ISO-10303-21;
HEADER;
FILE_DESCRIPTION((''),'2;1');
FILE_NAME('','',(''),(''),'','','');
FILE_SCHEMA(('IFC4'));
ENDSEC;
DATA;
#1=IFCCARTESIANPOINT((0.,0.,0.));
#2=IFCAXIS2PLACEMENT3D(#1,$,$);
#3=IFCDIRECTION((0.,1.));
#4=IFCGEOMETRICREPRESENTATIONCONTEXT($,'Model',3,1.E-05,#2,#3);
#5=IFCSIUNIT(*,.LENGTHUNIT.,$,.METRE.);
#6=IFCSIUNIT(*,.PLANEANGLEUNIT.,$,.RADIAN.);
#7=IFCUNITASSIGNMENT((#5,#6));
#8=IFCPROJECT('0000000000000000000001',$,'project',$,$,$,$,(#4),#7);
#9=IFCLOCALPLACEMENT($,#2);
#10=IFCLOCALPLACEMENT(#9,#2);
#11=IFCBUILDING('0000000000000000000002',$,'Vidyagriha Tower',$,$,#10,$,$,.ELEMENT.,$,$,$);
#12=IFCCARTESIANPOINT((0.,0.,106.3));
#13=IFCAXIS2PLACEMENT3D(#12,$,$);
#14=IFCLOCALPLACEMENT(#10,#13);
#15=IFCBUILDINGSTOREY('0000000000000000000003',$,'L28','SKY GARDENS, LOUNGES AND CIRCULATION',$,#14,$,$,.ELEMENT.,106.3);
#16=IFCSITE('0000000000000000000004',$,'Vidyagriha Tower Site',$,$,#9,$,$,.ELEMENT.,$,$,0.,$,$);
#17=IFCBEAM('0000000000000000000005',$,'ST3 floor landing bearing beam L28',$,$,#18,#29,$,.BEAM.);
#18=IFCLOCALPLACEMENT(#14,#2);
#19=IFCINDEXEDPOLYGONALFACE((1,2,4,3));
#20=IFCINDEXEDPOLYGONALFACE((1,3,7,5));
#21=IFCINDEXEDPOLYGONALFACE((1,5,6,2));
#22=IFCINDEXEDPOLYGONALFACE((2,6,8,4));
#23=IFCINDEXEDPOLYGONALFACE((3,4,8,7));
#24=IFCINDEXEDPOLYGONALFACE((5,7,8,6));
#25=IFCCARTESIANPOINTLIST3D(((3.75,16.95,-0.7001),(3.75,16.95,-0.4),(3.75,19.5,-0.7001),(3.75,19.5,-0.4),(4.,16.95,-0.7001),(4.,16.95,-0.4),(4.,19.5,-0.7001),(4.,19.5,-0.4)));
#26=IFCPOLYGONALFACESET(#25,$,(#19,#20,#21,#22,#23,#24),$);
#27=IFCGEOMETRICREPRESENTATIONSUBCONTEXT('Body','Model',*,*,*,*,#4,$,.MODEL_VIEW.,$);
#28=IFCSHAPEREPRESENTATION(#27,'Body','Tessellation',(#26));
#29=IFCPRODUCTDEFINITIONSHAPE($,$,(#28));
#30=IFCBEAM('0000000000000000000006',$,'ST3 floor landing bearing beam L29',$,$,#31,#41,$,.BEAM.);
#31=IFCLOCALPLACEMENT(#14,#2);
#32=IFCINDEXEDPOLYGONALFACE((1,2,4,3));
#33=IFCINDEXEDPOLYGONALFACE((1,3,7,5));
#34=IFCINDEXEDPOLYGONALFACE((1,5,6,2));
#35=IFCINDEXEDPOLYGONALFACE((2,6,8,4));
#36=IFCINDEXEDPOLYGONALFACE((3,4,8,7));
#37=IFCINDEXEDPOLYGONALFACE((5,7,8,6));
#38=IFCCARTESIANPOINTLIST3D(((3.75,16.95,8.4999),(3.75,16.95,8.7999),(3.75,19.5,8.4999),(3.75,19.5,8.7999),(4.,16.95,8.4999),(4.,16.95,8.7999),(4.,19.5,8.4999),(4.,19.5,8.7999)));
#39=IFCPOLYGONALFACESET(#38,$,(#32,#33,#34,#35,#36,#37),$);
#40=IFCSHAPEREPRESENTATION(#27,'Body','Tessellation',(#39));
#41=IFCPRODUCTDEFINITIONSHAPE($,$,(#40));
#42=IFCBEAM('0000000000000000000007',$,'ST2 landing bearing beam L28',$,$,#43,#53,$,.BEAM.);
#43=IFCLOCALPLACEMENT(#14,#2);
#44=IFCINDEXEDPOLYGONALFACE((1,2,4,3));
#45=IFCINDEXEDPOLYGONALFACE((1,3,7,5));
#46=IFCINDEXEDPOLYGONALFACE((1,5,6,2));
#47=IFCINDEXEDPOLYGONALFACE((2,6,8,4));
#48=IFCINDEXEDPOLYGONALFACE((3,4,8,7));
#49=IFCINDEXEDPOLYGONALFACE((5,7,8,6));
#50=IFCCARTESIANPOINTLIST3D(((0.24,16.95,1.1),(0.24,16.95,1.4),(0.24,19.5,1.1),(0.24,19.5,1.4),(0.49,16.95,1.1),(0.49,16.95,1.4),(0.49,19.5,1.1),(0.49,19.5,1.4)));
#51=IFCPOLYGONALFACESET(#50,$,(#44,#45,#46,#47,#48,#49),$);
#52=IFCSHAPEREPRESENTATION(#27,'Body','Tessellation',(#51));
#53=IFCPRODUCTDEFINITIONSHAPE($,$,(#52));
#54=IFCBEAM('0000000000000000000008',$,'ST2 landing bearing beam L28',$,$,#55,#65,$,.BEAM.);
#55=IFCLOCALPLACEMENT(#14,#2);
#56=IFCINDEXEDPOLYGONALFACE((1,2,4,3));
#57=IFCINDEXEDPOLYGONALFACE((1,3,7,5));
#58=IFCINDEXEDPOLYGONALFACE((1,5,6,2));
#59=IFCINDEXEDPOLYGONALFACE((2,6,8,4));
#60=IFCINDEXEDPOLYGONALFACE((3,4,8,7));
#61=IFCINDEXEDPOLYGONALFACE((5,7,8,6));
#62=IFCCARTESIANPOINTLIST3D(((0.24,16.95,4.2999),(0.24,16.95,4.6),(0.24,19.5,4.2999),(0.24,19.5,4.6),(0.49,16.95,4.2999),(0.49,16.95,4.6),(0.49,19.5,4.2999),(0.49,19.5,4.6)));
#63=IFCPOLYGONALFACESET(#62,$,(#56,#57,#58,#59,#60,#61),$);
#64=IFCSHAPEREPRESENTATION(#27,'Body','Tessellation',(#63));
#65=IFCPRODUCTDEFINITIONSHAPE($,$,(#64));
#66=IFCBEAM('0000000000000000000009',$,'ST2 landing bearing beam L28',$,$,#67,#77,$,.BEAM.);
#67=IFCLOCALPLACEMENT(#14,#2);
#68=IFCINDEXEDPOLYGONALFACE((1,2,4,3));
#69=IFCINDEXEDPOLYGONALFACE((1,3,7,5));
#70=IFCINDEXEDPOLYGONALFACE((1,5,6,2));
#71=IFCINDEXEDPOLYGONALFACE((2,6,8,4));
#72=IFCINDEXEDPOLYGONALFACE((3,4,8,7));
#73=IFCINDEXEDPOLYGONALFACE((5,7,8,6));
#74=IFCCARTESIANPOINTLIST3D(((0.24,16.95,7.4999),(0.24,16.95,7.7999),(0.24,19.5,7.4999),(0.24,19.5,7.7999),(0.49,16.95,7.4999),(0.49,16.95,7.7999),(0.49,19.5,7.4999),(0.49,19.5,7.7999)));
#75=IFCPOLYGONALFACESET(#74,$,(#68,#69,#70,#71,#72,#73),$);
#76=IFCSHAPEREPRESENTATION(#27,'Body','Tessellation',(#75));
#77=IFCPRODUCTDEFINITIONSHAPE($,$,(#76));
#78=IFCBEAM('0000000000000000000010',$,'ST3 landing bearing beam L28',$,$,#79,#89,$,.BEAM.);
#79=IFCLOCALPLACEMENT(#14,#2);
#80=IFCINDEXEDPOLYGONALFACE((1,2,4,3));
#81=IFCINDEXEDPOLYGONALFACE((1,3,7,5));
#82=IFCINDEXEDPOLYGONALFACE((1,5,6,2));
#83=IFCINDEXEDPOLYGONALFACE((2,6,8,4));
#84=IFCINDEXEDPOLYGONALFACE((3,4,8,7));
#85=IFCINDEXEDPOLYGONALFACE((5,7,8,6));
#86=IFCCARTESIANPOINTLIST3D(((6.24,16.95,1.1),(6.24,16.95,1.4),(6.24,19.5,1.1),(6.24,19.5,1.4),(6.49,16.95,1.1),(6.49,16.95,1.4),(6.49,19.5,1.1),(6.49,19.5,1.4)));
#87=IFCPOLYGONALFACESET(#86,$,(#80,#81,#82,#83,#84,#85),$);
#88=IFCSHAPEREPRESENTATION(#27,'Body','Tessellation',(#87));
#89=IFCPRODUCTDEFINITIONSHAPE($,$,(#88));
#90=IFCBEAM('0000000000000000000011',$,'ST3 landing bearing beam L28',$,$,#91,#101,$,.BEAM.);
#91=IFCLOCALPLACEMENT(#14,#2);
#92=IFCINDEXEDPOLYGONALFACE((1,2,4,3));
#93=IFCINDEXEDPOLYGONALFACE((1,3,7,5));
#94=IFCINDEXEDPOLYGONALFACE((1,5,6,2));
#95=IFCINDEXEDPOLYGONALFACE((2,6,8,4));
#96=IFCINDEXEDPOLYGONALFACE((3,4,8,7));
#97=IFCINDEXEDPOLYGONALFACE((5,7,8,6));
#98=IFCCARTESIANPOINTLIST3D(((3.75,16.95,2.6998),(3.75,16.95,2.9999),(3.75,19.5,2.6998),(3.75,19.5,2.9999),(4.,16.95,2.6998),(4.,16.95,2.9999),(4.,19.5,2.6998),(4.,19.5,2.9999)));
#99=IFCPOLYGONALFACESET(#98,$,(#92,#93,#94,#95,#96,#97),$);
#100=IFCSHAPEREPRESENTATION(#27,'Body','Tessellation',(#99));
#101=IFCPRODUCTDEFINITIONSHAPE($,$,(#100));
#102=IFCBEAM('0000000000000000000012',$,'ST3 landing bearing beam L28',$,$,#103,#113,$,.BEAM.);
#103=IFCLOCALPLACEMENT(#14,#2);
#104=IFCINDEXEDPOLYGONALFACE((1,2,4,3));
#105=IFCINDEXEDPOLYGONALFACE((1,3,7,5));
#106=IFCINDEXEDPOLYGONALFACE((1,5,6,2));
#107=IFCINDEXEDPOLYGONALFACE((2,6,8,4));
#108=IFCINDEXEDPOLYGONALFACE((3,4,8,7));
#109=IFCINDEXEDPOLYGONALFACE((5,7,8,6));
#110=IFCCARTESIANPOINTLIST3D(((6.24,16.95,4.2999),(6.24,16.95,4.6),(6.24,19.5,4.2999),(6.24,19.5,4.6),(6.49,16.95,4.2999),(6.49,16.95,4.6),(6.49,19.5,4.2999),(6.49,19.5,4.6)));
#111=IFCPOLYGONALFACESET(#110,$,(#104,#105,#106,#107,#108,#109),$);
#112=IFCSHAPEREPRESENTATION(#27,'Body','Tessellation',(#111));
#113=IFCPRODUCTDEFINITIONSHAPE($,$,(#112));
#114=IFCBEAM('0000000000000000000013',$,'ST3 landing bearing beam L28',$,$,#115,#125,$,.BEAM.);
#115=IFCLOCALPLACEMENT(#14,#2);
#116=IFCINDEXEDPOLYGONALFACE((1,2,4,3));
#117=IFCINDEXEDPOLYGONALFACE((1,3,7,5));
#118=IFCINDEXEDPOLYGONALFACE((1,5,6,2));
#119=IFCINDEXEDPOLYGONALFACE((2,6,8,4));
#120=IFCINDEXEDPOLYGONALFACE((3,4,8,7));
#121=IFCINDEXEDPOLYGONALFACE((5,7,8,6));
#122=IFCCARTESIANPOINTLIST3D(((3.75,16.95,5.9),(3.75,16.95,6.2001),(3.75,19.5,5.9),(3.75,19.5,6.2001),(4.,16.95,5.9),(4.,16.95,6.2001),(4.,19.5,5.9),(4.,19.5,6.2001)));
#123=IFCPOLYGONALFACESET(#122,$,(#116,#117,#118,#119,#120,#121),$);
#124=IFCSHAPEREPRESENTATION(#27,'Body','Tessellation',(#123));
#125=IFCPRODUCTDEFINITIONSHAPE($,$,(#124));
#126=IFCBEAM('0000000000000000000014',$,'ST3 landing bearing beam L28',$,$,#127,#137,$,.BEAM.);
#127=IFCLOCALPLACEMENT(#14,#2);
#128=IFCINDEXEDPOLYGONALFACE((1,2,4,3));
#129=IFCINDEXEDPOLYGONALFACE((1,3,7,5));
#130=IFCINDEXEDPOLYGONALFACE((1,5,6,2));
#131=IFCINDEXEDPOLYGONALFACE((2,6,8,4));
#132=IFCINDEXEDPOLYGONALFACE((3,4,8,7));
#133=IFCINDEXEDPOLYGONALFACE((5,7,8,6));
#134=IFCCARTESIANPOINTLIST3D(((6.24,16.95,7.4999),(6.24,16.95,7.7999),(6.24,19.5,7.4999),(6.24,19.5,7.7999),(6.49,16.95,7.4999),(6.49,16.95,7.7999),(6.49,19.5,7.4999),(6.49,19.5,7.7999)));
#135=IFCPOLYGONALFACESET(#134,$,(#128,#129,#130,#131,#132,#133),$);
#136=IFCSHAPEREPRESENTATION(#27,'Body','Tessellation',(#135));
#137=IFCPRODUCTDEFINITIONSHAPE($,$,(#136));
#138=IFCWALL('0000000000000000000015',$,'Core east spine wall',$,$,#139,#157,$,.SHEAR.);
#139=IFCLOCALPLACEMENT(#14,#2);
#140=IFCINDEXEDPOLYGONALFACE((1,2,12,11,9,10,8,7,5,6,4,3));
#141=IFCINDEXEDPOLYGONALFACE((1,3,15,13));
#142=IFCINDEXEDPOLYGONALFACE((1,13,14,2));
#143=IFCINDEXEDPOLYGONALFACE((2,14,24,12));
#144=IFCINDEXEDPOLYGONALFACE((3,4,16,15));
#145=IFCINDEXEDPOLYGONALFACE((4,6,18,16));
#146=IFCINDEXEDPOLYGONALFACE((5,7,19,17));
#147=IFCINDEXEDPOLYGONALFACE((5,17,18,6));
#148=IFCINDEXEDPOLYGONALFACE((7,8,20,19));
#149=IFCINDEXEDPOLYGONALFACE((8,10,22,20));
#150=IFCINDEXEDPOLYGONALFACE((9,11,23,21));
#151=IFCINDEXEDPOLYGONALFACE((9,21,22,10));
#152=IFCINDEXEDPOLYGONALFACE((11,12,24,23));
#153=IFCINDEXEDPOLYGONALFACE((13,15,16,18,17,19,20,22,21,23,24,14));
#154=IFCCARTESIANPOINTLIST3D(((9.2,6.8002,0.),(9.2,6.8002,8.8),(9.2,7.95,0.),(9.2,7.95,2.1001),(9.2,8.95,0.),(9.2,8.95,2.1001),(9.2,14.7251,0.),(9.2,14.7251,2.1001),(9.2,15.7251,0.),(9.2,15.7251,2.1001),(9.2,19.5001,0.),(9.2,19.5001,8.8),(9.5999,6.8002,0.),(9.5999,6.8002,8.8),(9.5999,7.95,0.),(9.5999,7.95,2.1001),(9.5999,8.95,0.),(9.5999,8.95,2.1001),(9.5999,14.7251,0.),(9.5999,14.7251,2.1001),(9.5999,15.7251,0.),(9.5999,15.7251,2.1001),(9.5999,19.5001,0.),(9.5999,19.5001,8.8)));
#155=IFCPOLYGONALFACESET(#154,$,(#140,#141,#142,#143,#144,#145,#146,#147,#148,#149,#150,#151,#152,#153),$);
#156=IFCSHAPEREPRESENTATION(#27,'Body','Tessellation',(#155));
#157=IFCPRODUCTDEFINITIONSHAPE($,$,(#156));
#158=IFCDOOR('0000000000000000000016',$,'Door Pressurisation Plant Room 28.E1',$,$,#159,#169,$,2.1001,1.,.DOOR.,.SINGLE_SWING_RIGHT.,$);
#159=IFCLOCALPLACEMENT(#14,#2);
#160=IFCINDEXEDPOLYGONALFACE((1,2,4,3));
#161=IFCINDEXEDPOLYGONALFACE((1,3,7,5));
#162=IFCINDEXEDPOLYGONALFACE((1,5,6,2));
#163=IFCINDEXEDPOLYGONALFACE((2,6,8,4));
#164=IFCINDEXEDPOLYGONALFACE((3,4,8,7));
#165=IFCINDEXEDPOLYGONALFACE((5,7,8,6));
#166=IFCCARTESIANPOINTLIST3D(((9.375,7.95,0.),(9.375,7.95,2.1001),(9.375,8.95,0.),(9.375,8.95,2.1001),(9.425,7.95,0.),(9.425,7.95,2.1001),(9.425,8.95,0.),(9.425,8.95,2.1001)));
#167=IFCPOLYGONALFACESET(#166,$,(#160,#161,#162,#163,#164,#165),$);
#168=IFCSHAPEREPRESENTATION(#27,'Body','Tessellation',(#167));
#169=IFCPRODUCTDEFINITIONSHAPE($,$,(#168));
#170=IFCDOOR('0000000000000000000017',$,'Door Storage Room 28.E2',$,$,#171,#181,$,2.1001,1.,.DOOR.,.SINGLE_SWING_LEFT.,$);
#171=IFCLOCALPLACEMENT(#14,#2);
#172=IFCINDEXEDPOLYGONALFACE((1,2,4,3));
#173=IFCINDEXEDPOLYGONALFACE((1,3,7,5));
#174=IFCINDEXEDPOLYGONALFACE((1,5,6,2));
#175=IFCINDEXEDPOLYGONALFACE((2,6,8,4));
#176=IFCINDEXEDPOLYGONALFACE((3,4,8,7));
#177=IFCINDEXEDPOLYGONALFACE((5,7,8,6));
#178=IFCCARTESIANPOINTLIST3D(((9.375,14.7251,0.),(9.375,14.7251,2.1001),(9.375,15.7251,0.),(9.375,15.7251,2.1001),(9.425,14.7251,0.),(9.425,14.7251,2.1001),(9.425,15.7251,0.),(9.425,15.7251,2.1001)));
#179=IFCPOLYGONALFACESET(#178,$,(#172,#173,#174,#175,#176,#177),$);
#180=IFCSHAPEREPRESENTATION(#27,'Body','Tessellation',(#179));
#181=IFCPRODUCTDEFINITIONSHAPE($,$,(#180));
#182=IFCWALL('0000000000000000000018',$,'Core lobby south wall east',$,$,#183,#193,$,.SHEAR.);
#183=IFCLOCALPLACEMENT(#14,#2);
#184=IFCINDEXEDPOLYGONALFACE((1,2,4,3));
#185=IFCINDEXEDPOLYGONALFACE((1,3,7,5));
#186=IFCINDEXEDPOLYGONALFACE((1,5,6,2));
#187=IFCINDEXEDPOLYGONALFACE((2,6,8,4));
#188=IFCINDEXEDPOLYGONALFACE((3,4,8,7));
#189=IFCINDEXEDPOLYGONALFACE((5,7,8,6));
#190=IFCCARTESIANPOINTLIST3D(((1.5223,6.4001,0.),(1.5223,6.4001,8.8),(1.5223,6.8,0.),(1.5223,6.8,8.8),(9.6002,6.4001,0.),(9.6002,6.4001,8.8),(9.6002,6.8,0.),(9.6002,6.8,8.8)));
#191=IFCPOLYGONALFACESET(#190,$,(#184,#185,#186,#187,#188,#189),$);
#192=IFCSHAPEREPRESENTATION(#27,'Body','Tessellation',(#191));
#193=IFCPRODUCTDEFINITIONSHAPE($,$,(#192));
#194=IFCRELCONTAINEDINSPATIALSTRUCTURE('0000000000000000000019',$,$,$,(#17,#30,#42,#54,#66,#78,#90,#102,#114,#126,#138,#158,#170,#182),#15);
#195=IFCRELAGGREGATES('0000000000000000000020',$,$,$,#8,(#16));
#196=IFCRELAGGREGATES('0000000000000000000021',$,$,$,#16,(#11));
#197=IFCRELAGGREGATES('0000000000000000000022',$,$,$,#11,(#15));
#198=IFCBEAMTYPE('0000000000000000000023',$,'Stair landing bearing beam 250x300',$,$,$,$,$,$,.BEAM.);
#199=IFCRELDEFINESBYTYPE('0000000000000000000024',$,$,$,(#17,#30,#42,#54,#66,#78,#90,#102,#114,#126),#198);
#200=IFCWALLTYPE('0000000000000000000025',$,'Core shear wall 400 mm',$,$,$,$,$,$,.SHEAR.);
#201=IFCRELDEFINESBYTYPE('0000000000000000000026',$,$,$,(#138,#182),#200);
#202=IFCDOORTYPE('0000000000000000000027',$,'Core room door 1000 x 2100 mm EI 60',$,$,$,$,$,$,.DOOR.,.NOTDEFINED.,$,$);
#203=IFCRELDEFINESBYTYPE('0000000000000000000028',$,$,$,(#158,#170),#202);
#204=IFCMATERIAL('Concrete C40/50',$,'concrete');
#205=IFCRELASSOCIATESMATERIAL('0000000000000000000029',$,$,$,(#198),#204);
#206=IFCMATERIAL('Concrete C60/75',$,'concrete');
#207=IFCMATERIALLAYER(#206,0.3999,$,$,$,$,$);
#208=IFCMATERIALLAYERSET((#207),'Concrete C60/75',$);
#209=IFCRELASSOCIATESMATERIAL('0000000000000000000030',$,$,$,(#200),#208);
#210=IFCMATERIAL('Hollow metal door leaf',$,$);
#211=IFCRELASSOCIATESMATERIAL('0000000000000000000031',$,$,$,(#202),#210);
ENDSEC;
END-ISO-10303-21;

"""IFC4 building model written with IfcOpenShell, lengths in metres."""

from ifc_helpers import new_model, si_unit, direction, frame, frame_2d, origin, origin_2d, place, context, subcontext, project, spatial, rectangle, extrude, material, layer, layer_set, material_profile, profile_set, type_object, element, fill, save


model = new_model("IFC4")

# Units and contexts
model_context = context("Model", 3, precision=1e-05, world=origin(), true_north=direction((0.0, 1.0)))
body_context = subcontext(model_context, "Body", "Model", "MODEL_VIEW")
ifc_project = project(units=[si_unit("LENGTHUNIT", "METRE"), si_unit("PLANEANGLEUNIT", "RADIAN")], contexts=[model_context])

# Site, building, storey
site_placement = place(None, origin())
site = spatial("IfcSite", under=ifc_project, at=site_placement, Name="Vidyagriha Tower Site", CompositionType="ELEMENT", RefElevation=0.0)
building_placement = place(site_placement, origin())
building = spatial("IfcBuilding", under=site, at=building_placement, Name="Vidyagriha Tower", CompositionType="ELEMENT")
storey_placement = place(building_placement, frame((0.0, 0.0, 106.3)))
storey = spatial("IfcBuildingStorey", under=building, at=storey_placement, Name="L28", Description="SKY GARDENS, LOUNGES AND CIRCULATION", CompositionType="ELEMENT", Elevation=106.3)

# Beams
ifc_material_1 = material(Name="Concrete C40/50", Category="concrete")
ifc_material_profile = material_profile(ifc_material_1, rectangle(XDim=0.25, YDim=0.3, at=origin_2d()), Name="Stair landing bearing beam 250x300")
ifc_profile_set = profile_set([ifc_material_profile], Name="Concrete C40/50")
beam_type = type_object("IfcBeamType", Name="Stair landing bearing beam 250x300", PredefinedType="BEAM", material=ifc_profile_set)
for number, where, z_axis, x_axis, name in (
    (1, (3.875, 16.95, -0.55), (0.0, 1.0, 0.0), (-1.0, 0.0, 0.0), "ST3 floor landing bearing beam L28"),
    (2, (3.875, 16.95, 8.6499), (0.0, 1.0, 0.0), (-1.0, 0.0, 0.0), "ST3 floor landing bearing beam L29"),
    (3, (0.365, 16.95, 1.25), (0.0, 1.0, 0.0), (-1.0, 0.0, 0.0), "ST2 landing bearing beam L28"),
    (4, (0.365, 16.95, 4.45), (0.0, 1.0, 0.0), (-1.0, 0.0, 0.0), "ST2 landing bearing beam L28"),
    (5, (0.365, 16.95, 7.6499), (0.0, 1.0, 0.0), (-1.0, 0.0, 0.0), "ST2 landing bearing beam L28"),
    (6, (6.365, 16.95, 1.25), (0.0, 1.0, 0.0), (-1.0, 0.0, 0.0), "ST3 landing bearing beam L28"),
    (7, (3.875, 16.95, 2.8499), (0.0, 1.0, 0.0), (-1.0, 0.0, 0.0), "ST3 landing bearing beam L28"),
    (8, (6.365, 16.95, 4.45), (0.0, 1.0, 0.0), (-1.0, 0.0, 0.0), "ST3 landing bearing beam L28"),
    (9, (3.875, 16.95, 6.05), (0.0, 1.0, 0.0), (-1.0, 0.0, 0.0), "ST3 landing bearing beam L28"),
    (10, (6.365, 16.95, 7.6499), (0.0, 1.0, 0.0), (-1.0, 0.0, 0.0), "ST3 landing bearing beam L28"),
):
    element("IfcBeam", number, at=place(storey_placement, frame(where, z_axis=z_axis, x_axis=x_axis)), inside=storey, type_object=beam_type, Name=name, PredefinedType="BEAM", context=body_context, shape_type="SweptSolid", body=[
        extrude(rectangle(XDim=0.25, YDim=0.3, at=origin_2d()), origin(), (0.0, 0.0, 1.0), 2.55),
    ])

# Wall, openings, doors
ifc_material_2 = material(Name="Concrete C60/75", Category="concrete")
ifc_layer_1 = layer(ifc_material_2, 0.3999)
ifc_layer_set_1 = layer_set([ifc_layer_1], Name="Concrete C60/75")
wall_type_1 = type_object("IfcWallType", Name="Core shear wall 400 mm", PredefinedType="SHEAR", material=ifc_layer_set_1)
wall_1_placement = place(storey_placement, frame((9.3999, 6.8, 0.0), z_axis=(0.0, 0.0, 1.0), x_axis=(0.0, 1.0, 0.0)))
wall_1 = element("IfcWall", 11, at=wall_1_placement, inside=storey, type_object=wall_type_1, Name="Core east spine wall", PredefinedType="SHEAR", context=body_context, shape_type="SweptSolid", body=[
    extrude(rectangle(XDim=12.7, YDim=0.3999, at=frame_2d((6.3501, 0.0))), origin(), (0.0, 0.0, 1.0), 8.8),
])
opening_1_placement = place(wall_1_placement, frame((1.1499, 0.0, 0.0)))
opening_1 = element("IfcOpeningElement", 12, at=opening_1_placement, cuts=wall_1, PredefinedType="OPENING", context=body_context, shape_type="SweptSolid", body=[
    extrude(rectangle(XDim=1.0, YDim=2.1001, at=frame_2d((0.5, 1.05))), frame((0.0, 0.21, 0.0), z_axis=(0.0, -1.0, 0.0), x_axis=(1.0, 0.0, 0.0)), (0.0, 0.0, 1.0), 0.4199),
])
opening_2_placement = place(wall_1_placement, frame((7.925, 0.0, 0.0)))
opening_2 = element("IfcOpeningElement", 13, at=opening_2_placement, cuts=wall_1, PredefinedType="OPENING", context=body_context, shape_type="SweptSolid", body=[
    extrude(rectangle(XDim=1.0, YDim=2.1001, at=frame_2d((0.5, 1.05))), frame((0.0, 0.21, 0.0), z_axis=(0.0, -1.0, 0.0), x_axis=(1.0, 0.0, 0.0)), (0.0, 0.0, 1.0), 0.4199),
])
ifc_material_3 = material(Name="Hollow metal door leaf")
door_type_1 = type_object("IfcDoorType", Name="Core room door 1000 x 2100 mm EI 60", OperationType="NOTDEFINED", PredefinedType="DOOR", material=ifc_material_3)
door_1_placement = place(opening_1_placement, origin())
door_1 = element("IfcDoor", 14, at=door_1_placement, inside=storey, type_object=door_type_1, Name="Door Pressurisation Plant Room 28.E1", OperationType="SINGLE_SWING_RIGHT", OverallHeight=2.1001, OverallWidth=1.0, PredefinedType="DOOR", context=body_context, shape_type="SweptSolid", body=[
    extrude(rectangle(XDim=1.0, YDim=2.1001, at=frame_2d((0.5, 1.05))), frame((0.0, 0.0249, 0.0), z_axis=(0.0, -1.0, 0.0), x_axis=(1.0, 0.0, 0.0)), (0.0, 0.0, 1.0), 0.05),
])
fill(opening_1, door_1)
door_2_placement = place(opening_2_placement, origin())
door_2 = element("IfcDoor", 15, at=door_2_placement, inside=storey, type_object=door_type_1, Name="Door Storage Room 28.E2", OperationType="SINGLE_SWING_LEFT", OverallHeight=2.1001, OverallWidth=1.0, PredefinedType="DOOR", context=body_context, shape_type="SweptSolid", body=[
    extrude(rectangle(XDim=1.0, YDim=2.1001, at=frame_2d((0.5, 1.05))), frame((0.0, 0.0249, 0.0), z_axis=(0.0, -1.0, 0.0), x_axis=(1.0, 0.0, 0.0)), (0.0, 0.0, 1.0), 0.05),
])
fill(opening_2, door_2)

# Wall
wall_2_placement = place(storey_placement, frame((1.5222, 6.6001, 0.0)))
element("IfcWall", 16, at=wall_2_placement, inside=storey, type_object=wall_type_1, Name="Core lobby south wall east", PredefinedType="SHEAR", context=body_context, shape_type="SweptSolid", body=[
    extrude(rectangle(XDim=8.0779, YDim=0.3999, at=frame_2d((4.0391, 0.0))), origin(), (0.0, 0.0, 1.0), 8.8),
])

save(model, "model.ifc")
